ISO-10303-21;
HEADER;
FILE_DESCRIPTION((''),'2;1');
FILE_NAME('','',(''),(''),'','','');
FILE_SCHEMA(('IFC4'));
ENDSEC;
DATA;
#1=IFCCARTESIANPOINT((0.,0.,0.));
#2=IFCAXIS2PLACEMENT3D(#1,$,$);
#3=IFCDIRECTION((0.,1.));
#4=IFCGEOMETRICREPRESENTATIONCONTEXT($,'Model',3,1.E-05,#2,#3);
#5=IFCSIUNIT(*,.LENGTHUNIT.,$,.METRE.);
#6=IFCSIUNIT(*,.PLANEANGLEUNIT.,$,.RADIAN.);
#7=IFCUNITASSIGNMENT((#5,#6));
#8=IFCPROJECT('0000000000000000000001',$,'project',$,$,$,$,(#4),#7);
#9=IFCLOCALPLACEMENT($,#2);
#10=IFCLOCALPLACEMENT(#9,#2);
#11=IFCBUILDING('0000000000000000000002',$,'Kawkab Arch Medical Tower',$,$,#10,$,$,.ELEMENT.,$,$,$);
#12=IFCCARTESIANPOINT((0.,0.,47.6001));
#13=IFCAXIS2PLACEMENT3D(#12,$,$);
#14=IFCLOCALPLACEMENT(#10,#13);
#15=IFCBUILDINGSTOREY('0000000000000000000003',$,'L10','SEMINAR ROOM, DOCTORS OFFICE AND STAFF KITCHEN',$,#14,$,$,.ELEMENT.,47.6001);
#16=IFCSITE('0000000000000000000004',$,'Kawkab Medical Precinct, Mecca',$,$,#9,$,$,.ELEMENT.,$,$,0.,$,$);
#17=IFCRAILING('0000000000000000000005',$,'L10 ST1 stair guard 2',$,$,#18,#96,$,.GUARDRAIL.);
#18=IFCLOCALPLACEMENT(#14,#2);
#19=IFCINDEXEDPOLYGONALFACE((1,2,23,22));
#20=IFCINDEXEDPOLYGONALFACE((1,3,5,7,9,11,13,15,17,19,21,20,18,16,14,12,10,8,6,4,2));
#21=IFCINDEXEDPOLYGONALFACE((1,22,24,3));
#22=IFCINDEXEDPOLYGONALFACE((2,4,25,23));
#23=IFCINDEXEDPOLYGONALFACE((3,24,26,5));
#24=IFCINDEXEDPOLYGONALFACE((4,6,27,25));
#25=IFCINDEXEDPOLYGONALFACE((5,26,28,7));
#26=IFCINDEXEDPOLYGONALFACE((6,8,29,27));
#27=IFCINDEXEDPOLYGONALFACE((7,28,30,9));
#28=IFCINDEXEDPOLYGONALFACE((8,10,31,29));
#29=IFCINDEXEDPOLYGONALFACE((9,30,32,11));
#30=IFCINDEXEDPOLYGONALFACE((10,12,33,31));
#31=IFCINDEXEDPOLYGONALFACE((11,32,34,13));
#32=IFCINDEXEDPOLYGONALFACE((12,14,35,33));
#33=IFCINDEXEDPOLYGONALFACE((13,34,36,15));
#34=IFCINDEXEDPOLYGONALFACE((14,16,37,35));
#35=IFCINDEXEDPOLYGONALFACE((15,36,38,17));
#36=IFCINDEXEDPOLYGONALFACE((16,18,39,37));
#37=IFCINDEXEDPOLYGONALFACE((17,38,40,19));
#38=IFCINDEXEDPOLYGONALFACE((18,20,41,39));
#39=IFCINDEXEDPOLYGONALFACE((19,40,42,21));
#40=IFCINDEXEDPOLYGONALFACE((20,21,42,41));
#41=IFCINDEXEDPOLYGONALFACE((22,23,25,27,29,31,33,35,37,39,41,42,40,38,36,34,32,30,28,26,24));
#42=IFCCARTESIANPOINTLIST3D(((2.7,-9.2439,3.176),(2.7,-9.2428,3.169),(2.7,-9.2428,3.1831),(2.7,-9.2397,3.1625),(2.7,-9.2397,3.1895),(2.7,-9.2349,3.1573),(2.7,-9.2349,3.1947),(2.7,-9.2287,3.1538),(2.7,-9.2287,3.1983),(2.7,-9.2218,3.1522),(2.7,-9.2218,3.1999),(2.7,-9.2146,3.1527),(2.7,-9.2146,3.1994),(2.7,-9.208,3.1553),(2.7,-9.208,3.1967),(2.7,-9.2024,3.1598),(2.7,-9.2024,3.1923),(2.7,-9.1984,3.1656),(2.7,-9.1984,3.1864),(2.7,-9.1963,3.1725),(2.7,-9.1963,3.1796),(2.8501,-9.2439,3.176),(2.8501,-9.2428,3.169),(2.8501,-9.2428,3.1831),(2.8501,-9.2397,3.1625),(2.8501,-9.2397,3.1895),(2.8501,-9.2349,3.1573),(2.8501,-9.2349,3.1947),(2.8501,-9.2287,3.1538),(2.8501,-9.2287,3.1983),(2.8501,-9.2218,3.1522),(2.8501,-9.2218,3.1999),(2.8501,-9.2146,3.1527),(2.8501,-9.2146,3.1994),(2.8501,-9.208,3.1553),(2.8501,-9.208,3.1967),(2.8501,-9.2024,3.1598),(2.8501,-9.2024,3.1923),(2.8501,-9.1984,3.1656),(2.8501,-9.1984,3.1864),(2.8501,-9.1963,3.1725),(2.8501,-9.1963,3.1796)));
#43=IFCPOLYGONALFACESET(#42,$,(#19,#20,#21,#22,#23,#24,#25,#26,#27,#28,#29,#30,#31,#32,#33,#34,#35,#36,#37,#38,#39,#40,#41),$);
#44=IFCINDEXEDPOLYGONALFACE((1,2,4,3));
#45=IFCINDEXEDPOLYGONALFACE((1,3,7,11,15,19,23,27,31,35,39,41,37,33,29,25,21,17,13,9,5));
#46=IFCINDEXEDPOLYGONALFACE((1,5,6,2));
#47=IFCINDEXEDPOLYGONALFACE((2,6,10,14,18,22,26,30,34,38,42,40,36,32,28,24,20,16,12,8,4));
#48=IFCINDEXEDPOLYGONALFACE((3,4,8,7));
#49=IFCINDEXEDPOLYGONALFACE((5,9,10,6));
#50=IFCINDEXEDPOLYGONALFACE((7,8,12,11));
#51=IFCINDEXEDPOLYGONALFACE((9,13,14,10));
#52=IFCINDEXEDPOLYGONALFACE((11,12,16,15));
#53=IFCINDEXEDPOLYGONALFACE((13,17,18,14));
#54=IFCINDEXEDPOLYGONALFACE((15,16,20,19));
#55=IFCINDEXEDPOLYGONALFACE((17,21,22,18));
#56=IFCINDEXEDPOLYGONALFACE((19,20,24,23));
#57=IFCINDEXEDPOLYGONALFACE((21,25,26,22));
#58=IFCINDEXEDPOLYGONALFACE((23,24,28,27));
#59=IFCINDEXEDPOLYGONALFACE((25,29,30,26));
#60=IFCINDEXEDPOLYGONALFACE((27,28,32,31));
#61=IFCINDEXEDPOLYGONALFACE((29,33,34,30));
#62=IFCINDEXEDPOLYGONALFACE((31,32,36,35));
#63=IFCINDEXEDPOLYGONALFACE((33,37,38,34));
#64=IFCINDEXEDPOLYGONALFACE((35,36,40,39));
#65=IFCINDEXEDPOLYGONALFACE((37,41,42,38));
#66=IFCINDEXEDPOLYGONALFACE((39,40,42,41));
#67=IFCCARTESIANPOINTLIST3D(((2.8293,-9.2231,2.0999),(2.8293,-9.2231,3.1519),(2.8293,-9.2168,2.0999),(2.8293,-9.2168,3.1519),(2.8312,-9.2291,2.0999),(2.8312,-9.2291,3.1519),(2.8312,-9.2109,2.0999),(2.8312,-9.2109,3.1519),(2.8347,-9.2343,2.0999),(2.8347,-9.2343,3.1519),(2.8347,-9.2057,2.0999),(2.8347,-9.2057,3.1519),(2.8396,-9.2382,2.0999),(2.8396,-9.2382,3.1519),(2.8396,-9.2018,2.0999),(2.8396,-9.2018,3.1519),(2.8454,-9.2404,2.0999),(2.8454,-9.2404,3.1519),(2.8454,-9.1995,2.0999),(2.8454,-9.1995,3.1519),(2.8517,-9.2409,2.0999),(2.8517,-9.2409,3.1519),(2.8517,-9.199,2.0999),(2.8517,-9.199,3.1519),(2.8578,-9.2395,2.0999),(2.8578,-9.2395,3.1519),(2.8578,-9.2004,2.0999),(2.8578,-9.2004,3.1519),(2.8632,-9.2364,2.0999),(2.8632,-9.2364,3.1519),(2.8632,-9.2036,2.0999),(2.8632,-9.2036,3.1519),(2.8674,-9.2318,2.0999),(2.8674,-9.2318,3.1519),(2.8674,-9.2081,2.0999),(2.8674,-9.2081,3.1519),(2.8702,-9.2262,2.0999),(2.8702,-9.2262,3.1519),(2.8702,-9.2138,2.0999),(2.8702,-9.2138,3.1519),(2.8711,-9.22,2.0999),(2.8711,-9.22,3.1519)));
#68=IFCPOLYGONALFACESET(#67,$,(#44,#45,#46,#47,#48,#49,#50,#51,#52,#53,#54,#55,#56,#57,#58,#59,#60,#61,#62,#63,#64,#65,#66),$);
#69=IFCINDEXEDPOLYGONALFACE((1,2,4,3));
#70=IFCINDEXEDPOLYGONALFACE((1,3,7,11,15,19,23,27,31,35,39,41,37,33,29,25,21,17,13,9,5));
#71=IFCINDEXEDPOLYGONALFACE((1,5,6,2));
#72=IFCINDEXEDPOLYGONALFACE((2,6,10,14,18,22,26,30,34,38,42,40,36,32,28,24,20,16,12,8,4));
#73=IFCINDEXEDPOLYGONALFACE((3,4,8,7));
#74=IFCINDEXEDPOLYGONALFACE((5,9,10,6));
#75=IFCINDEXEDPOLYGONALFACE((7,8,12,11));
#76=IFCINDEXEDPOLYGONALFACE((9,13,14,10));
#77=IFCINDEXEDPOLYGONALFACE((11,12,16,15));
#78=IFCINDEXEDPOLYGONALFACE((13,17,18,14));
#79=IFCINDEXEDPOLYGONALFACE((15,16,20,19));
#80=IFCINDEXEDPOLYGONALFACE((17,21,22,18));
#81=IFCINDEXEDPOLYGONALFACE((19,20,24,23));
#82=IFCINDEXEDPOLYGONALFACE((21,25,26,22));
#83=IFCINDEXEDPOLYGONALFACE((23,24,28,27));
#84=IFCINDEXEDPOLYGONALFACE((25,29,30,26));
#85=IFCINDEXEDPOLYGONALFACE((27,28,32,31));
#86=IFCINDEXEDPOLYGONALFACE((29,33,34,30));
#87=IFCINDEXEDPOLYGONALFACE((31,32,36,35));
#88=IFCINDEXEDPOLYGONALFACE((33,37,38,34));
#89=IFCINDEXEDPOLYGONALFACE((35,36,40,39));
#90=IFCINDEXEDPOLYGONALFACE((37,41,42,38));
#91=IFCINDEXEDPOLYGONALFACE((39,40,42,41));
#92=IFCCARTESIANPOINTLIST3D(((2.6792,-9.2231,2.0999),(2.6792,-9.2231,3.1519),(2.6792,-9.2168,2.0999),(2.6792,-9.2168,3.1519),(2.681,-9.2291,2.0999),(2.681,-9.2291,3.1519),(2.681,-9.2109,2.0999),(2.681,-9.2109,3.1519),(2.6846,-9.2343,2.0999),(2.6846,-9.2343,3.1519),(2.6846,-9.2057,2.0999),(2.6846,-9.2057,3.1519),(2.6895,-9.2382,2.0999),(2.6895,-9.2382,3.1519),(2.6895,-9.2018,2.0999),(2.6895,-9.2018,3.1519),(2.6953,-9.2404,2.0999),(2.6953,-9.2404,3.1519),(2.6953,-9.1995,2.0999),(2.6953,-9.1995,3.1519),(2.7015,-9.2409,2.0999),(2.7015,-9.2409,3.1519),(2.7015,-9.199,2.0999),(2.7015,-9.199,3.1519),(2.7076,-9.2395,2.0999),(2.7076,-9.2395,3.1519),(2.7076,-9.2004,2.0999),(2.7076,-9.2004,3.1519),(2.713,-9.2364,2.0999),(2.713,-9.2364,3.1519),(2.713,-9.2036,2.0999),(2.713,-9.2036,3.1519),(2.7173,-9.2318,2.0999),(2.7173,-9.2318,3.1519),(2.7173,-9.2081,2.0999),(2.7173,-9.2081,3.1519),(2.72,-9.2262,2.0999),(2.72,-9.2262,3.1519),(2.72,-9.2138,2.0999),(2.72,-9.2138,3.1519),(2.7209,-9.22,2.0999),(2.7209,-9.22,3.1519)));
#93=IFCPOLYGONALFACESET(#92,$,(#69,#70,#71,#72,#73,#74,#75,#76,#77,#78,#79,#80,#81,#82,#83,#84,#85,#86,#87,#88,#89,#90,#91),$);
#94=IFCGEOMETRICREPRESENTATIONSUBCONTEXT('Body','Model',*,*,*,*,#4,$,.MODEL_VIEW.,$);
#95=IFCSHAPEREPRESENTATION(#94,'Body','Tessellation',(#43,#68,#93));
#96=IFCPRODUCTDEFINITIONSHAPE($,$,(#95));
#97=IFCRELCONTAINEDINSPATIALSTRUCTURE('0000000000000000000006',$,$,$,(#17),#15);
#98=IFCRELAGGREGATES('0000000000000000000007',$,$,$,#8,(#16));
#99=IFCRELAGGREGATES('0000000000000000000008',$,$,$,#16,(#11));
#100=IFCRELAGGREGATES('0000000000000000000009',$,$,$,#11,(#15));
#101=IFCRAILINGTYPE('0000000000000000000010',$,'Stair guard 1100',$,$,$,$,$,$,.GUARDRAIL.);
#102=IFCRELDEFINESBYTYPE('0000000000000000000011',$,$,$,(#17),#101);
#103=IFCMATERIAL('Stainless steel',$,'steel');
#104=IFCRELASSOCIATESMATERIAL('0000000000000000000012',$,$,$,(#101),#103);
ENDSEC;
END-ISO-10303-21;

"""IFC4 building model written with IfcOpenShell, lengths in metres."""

from ifc_helpers import new_model, si_unit, direction, frame, origin, origin_2d, place, context, subcontext, project, spatial, circle, extrude, material, type_object, element, save


model = new_model("IFC4")

# Units and contexts
model_context = context("Model", 3, precision=1e-05, world=origin(), true_north=direction((0.0, 1.0)))
body_context = subcontext(model_context, "Body", "Model", "MODEL_VIEW")
ifc_project = project(units=[si_unit("LENGTHUNIT", "METRE"), si_unit("PLANEANGLEUNIT", "RADIAN")], contexts=[model_context])

# Site, building, storey
site_placement = place(None, origin())
site = spatial("IfcSite", under=ifc_project, at=site_placement, Name="Kawkab Medical Precinct, Mecca", CompositionType="ELEMENT", RefElevation=0.0)
building_placement = place(site_placement, origin())
building = spatial("IfcBuilding", under=site, at=building_placement, Name="Kawkab Arch Medical Tower", CompositionType="ELEMENT")
storey_placement = place(building_placement, frame((0.0, 0.0, 47.6001)))
storey = spatial("IfcBuildingStorey", under=building, at=storey_placement, Name="L10", Description="SEMINAR ROOM, DOCTORS OFFICE AND STAFF KITCHEN", CompositionType="ELEMENT", Elevation=47.6001)

# Railing
ifc_material_1 = material(Name="Stainless steel", Category="steel")
railing_type_1 = type_object("IfcRailingType", Name="Stair guard 1100", PredefinedType="GUARDRAIL", material=ifc_material_1)
railing_1_placement = place(storey_placement, frame((2.8501, -9.22, 2.0999)))
element("IfcRailing", 1, at=railing_1_placement, inside=storey, type_object=railing_type_1, Name="L10 ST1 stair guard 2", PredefinedType="GUARDRAIL", context=body_context, shape_type="SweptSolid", body=[
    extrude(circle(Radius=0.0239, at=origin_2d()), frame((0.0, 0.0, 1.0762), z_axis=(-1.0, 0.0, 0.0), x_axis=(0.0, -1.0, 0.0)), (0.0, 0.0, 1.0), 0.1501),
    extrude(circle(Radius=0.021, at=origin_2d()), origin(), (0.0, 0.0, 1.0), 1.052),
    extrude(circle(Radius=0.021, at=origin_2d()), frame((-0.1501, 0.0, 0.0)), (0.0, 0.0, 1.0), 1.052),
])

save(model, "model.ifc")
